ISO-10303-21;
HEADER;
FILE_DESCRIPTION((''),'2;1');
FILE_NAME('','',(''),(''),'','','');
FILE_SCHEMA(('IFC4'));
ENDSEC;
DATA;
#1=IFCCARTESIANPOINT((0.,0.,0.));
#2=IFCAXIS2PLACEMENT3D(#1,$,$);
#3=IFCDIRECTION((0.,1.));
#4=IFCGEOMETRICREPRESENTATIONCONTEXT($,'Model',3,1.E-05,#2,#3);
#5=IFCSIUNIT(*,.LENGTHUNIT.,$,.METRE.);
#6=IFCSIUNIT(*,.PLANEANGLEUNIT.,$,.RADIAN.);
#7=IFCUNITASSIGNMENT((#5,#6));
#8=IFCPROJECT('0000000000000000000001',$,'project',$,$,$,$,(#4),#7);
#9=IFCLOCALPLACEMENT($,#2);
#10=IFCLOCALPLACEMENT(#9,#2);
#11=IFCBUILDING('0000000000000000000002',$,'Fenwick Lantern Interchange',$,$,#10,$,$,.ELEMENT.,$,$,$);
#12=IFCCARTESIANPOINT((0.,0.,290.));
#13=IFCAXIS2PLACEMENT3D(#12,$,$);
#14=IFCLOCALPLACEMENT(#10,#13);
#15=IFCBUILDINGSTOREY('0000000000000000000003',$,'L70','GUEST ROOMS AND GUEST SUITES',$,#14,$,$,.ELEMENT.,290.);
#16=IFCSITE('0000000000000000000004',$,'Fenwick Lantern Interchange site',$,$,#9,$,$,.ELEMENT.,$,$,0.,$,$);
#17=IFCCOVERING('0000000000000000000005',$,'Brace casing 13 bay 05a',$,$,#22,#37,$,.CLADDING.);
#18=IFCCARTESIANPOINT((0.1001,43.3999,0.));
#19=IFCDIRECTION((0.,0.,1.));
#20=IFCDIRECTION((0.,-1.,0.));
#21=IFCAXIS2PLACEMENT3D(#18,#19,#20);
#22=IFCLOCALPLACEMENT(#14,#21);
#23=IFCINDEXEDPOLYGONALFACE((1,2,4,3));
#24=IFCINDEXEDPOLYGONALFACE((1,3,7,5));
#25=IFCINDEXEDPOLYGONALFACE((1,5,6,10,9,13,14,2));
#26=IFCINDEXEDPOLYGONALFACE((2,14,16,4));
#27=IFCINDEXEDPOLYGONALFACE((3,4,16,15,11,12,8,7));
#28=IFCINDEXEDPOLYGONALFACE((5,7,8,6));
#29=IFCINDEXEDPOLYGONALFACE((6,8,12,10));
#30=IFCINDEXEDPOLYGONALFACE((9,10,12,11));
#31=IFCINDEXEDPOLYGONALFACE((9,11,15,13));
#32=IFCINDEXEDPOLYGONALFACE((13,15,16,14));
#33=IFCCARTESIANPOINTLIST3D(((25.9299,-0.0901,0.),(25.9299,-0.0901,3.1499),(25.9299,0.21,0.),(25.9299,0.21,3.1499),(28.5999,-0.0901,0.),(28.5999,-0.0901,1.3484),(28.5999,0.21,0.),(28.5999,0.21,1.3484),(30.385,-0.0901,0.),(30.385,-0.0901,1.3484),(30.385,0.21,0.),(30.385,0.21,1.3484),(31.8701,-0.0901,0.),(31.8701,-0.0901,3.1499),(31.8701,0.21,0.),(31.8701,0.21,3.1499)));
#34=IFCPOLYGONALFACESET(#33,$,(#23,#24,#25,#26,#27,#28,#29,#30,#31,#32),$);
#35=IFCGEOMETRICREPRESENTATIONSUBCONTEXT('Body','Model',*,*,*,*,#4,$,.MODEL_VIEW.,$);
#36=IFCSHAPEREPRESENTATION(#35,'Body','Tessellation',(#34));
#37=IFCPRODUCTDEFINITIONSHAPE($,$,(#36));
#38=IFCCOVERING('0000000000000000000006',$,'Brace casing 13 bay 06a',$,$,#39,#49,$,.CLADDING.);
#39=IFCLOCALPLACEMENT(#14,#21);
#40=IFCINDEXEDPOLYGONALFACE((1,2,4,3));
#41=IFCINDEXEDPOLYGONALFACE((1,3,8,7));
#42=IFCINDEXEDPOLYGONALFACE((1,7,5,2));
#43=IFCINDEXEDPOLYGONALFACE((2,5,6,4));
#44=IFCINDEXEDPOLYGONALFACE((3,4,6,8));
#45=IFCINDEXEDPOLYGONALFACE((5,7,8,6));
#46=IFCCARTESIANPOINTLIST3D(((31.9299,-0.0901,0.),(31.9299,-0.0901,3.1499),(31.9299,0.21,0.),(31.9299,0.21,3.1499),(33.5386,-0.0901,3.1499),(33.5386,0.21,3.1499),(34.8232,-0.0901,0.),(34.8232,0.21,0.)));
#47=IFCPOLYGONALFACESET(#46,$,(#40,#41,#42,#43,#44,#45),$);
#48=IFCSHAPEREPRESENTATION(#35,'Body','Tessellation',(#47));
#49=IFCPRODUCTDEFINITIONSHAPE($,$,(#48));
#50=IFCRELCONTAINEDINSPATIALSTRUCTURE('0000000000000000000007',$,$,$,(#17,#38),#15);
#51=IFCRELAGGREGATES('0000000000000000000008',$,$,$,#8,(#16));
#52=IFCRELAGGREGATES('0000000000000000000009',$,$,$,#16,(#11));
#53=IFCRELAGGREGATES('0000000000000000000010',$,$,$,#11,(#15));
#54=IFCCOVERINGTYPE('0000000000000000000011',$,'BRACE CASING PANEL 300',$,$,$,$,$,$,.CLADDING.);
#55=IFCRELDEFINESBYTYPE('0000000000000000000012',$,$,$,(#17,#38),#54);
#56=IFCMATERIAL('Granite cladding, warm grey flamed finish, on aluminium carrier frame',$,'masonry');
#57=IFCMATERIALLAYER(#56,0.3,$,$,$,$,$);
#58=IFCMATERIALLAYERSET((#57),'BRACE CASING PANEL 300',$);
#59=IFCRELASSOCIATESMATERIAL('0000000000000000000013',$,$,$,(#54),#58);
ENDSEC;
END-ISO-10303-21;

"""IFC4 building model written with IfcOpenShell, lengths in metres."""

from ifc_helpers import new_model, si_unit, direction, frame, origin, place, context, subcontext, project, spatial, polyline, outline, extrude, material, layer, layer_set, type_object, element, save


model = new_model("IFC4")

# Units and contexts
model_context = context("Model", 3, precision=1e-05, world=origin(), true_north=direction((0.0, 1.0)))
body_context = subcontext(model_context, "Body", "Model", "MODEL_VIEW")
ifc_project = project(units=[si_unit("LENGTHUNIT", "METRE"), si_unit("PLANEANGLEUNIT", "RADIAN")], contexts=[model_context])

# Site, building, storey
site_placement = place(None, origin())
site = spatial("IfcSite", under=ifc_project, at=site_placement, Name="Fenwick Lantern Interchange site", CompositionType="ELEMENT", RefElevation=0.0)
building_placement = place(site_placement, origin())
building = spatial("IfcBuilding", under=site, at=building_placement, Name="Fenwick Lantern Interchange", CompositionType="ELEMENT")
storey_placement = place(building_placement, frame((0.0, 0.0, 290.0)))
storey = spatial("IfcBuildingStorey", under=building, at=storey_placement, Name="L70", Description="GUEST ROOMS AND GUEST SUITES", CompositionType="ELEMENT", Elevation=290.0)

# Coverings
ifc_material_1 = material(Name="Granite cladding, warm grey flamed finish, on aluminium carrier frame", Category="masonry")
ifc_layer_1 = layer(ifc_material_1, 0.3)
ifc_layer_set_1 = layer_set([ifc_layer_1], Name="BRACE CASING PANEL 300")
covering_type = type_object("IfcCoveringType", Name="BRACE CASING PANEL 300", PredefinedType="CLADDING", material=ifc_layer_set_1)
covering_1_placement = place(storey_placement, frame((0.1001, 43.3999, 0.0), z_axis=(0.0, 0.0, 1.0), x_axis=(0.0, -1.0, 0.0)))
element("IfcCovering", 1, at=covering_1_placement, inside=storey, type_object=covering_type, Name="Brace casing 13 bay 05a", PredefinedType="CLADDING", context=body_context, shape_type="SweptSolid", body=[
    extrude(outline(polyline([(25.9299, 0.0), (28.5999, 0.0), (28.5999, 1.3484), (30.385, 1.3484), (30.385, 0.0), (31.8701, 0.0), (31.8701, 3.1499), (25.9299, 3.1499), (25.9299, 0.0)])), frame((0.0, 0.21, 0.0), z_axis=(0.0, -1.0, 0.0), x_axis=(1.0, 0.0, 0.0)), (0.0, 0.0, 1.0), 0.3),
])
covering_2_placement = place(storey_placement, frame((0.1001, 43.3999, 0.0), z_axis=(0.0, 0.0, 1.0), x_axis=(0.0, -1.0, 0.0)))
element("IfcCovering", 2, at=covering_2_placement, inside=storey, type_object=covering_type, Name="Brace casing 13 bay 06a", PredefinedType="CLADDING", context=body_context, shape_type="SweptSolid", body=[
    extrude(outline(polyline([(31.9299, 0.0), (34.8232, 0.0), (33.5386, 3.1499), (31.9299, 3.1499), (31.9299, 0.0)])), frame((0.0, 0.21, 0.0), z_axis=(0.0, -1.0, 0.0), x_axis=(1.0, 0.0, 0.0)), (0.0, 0.0, 1.0), 0.3),
])

save(model, "model.ifc")
